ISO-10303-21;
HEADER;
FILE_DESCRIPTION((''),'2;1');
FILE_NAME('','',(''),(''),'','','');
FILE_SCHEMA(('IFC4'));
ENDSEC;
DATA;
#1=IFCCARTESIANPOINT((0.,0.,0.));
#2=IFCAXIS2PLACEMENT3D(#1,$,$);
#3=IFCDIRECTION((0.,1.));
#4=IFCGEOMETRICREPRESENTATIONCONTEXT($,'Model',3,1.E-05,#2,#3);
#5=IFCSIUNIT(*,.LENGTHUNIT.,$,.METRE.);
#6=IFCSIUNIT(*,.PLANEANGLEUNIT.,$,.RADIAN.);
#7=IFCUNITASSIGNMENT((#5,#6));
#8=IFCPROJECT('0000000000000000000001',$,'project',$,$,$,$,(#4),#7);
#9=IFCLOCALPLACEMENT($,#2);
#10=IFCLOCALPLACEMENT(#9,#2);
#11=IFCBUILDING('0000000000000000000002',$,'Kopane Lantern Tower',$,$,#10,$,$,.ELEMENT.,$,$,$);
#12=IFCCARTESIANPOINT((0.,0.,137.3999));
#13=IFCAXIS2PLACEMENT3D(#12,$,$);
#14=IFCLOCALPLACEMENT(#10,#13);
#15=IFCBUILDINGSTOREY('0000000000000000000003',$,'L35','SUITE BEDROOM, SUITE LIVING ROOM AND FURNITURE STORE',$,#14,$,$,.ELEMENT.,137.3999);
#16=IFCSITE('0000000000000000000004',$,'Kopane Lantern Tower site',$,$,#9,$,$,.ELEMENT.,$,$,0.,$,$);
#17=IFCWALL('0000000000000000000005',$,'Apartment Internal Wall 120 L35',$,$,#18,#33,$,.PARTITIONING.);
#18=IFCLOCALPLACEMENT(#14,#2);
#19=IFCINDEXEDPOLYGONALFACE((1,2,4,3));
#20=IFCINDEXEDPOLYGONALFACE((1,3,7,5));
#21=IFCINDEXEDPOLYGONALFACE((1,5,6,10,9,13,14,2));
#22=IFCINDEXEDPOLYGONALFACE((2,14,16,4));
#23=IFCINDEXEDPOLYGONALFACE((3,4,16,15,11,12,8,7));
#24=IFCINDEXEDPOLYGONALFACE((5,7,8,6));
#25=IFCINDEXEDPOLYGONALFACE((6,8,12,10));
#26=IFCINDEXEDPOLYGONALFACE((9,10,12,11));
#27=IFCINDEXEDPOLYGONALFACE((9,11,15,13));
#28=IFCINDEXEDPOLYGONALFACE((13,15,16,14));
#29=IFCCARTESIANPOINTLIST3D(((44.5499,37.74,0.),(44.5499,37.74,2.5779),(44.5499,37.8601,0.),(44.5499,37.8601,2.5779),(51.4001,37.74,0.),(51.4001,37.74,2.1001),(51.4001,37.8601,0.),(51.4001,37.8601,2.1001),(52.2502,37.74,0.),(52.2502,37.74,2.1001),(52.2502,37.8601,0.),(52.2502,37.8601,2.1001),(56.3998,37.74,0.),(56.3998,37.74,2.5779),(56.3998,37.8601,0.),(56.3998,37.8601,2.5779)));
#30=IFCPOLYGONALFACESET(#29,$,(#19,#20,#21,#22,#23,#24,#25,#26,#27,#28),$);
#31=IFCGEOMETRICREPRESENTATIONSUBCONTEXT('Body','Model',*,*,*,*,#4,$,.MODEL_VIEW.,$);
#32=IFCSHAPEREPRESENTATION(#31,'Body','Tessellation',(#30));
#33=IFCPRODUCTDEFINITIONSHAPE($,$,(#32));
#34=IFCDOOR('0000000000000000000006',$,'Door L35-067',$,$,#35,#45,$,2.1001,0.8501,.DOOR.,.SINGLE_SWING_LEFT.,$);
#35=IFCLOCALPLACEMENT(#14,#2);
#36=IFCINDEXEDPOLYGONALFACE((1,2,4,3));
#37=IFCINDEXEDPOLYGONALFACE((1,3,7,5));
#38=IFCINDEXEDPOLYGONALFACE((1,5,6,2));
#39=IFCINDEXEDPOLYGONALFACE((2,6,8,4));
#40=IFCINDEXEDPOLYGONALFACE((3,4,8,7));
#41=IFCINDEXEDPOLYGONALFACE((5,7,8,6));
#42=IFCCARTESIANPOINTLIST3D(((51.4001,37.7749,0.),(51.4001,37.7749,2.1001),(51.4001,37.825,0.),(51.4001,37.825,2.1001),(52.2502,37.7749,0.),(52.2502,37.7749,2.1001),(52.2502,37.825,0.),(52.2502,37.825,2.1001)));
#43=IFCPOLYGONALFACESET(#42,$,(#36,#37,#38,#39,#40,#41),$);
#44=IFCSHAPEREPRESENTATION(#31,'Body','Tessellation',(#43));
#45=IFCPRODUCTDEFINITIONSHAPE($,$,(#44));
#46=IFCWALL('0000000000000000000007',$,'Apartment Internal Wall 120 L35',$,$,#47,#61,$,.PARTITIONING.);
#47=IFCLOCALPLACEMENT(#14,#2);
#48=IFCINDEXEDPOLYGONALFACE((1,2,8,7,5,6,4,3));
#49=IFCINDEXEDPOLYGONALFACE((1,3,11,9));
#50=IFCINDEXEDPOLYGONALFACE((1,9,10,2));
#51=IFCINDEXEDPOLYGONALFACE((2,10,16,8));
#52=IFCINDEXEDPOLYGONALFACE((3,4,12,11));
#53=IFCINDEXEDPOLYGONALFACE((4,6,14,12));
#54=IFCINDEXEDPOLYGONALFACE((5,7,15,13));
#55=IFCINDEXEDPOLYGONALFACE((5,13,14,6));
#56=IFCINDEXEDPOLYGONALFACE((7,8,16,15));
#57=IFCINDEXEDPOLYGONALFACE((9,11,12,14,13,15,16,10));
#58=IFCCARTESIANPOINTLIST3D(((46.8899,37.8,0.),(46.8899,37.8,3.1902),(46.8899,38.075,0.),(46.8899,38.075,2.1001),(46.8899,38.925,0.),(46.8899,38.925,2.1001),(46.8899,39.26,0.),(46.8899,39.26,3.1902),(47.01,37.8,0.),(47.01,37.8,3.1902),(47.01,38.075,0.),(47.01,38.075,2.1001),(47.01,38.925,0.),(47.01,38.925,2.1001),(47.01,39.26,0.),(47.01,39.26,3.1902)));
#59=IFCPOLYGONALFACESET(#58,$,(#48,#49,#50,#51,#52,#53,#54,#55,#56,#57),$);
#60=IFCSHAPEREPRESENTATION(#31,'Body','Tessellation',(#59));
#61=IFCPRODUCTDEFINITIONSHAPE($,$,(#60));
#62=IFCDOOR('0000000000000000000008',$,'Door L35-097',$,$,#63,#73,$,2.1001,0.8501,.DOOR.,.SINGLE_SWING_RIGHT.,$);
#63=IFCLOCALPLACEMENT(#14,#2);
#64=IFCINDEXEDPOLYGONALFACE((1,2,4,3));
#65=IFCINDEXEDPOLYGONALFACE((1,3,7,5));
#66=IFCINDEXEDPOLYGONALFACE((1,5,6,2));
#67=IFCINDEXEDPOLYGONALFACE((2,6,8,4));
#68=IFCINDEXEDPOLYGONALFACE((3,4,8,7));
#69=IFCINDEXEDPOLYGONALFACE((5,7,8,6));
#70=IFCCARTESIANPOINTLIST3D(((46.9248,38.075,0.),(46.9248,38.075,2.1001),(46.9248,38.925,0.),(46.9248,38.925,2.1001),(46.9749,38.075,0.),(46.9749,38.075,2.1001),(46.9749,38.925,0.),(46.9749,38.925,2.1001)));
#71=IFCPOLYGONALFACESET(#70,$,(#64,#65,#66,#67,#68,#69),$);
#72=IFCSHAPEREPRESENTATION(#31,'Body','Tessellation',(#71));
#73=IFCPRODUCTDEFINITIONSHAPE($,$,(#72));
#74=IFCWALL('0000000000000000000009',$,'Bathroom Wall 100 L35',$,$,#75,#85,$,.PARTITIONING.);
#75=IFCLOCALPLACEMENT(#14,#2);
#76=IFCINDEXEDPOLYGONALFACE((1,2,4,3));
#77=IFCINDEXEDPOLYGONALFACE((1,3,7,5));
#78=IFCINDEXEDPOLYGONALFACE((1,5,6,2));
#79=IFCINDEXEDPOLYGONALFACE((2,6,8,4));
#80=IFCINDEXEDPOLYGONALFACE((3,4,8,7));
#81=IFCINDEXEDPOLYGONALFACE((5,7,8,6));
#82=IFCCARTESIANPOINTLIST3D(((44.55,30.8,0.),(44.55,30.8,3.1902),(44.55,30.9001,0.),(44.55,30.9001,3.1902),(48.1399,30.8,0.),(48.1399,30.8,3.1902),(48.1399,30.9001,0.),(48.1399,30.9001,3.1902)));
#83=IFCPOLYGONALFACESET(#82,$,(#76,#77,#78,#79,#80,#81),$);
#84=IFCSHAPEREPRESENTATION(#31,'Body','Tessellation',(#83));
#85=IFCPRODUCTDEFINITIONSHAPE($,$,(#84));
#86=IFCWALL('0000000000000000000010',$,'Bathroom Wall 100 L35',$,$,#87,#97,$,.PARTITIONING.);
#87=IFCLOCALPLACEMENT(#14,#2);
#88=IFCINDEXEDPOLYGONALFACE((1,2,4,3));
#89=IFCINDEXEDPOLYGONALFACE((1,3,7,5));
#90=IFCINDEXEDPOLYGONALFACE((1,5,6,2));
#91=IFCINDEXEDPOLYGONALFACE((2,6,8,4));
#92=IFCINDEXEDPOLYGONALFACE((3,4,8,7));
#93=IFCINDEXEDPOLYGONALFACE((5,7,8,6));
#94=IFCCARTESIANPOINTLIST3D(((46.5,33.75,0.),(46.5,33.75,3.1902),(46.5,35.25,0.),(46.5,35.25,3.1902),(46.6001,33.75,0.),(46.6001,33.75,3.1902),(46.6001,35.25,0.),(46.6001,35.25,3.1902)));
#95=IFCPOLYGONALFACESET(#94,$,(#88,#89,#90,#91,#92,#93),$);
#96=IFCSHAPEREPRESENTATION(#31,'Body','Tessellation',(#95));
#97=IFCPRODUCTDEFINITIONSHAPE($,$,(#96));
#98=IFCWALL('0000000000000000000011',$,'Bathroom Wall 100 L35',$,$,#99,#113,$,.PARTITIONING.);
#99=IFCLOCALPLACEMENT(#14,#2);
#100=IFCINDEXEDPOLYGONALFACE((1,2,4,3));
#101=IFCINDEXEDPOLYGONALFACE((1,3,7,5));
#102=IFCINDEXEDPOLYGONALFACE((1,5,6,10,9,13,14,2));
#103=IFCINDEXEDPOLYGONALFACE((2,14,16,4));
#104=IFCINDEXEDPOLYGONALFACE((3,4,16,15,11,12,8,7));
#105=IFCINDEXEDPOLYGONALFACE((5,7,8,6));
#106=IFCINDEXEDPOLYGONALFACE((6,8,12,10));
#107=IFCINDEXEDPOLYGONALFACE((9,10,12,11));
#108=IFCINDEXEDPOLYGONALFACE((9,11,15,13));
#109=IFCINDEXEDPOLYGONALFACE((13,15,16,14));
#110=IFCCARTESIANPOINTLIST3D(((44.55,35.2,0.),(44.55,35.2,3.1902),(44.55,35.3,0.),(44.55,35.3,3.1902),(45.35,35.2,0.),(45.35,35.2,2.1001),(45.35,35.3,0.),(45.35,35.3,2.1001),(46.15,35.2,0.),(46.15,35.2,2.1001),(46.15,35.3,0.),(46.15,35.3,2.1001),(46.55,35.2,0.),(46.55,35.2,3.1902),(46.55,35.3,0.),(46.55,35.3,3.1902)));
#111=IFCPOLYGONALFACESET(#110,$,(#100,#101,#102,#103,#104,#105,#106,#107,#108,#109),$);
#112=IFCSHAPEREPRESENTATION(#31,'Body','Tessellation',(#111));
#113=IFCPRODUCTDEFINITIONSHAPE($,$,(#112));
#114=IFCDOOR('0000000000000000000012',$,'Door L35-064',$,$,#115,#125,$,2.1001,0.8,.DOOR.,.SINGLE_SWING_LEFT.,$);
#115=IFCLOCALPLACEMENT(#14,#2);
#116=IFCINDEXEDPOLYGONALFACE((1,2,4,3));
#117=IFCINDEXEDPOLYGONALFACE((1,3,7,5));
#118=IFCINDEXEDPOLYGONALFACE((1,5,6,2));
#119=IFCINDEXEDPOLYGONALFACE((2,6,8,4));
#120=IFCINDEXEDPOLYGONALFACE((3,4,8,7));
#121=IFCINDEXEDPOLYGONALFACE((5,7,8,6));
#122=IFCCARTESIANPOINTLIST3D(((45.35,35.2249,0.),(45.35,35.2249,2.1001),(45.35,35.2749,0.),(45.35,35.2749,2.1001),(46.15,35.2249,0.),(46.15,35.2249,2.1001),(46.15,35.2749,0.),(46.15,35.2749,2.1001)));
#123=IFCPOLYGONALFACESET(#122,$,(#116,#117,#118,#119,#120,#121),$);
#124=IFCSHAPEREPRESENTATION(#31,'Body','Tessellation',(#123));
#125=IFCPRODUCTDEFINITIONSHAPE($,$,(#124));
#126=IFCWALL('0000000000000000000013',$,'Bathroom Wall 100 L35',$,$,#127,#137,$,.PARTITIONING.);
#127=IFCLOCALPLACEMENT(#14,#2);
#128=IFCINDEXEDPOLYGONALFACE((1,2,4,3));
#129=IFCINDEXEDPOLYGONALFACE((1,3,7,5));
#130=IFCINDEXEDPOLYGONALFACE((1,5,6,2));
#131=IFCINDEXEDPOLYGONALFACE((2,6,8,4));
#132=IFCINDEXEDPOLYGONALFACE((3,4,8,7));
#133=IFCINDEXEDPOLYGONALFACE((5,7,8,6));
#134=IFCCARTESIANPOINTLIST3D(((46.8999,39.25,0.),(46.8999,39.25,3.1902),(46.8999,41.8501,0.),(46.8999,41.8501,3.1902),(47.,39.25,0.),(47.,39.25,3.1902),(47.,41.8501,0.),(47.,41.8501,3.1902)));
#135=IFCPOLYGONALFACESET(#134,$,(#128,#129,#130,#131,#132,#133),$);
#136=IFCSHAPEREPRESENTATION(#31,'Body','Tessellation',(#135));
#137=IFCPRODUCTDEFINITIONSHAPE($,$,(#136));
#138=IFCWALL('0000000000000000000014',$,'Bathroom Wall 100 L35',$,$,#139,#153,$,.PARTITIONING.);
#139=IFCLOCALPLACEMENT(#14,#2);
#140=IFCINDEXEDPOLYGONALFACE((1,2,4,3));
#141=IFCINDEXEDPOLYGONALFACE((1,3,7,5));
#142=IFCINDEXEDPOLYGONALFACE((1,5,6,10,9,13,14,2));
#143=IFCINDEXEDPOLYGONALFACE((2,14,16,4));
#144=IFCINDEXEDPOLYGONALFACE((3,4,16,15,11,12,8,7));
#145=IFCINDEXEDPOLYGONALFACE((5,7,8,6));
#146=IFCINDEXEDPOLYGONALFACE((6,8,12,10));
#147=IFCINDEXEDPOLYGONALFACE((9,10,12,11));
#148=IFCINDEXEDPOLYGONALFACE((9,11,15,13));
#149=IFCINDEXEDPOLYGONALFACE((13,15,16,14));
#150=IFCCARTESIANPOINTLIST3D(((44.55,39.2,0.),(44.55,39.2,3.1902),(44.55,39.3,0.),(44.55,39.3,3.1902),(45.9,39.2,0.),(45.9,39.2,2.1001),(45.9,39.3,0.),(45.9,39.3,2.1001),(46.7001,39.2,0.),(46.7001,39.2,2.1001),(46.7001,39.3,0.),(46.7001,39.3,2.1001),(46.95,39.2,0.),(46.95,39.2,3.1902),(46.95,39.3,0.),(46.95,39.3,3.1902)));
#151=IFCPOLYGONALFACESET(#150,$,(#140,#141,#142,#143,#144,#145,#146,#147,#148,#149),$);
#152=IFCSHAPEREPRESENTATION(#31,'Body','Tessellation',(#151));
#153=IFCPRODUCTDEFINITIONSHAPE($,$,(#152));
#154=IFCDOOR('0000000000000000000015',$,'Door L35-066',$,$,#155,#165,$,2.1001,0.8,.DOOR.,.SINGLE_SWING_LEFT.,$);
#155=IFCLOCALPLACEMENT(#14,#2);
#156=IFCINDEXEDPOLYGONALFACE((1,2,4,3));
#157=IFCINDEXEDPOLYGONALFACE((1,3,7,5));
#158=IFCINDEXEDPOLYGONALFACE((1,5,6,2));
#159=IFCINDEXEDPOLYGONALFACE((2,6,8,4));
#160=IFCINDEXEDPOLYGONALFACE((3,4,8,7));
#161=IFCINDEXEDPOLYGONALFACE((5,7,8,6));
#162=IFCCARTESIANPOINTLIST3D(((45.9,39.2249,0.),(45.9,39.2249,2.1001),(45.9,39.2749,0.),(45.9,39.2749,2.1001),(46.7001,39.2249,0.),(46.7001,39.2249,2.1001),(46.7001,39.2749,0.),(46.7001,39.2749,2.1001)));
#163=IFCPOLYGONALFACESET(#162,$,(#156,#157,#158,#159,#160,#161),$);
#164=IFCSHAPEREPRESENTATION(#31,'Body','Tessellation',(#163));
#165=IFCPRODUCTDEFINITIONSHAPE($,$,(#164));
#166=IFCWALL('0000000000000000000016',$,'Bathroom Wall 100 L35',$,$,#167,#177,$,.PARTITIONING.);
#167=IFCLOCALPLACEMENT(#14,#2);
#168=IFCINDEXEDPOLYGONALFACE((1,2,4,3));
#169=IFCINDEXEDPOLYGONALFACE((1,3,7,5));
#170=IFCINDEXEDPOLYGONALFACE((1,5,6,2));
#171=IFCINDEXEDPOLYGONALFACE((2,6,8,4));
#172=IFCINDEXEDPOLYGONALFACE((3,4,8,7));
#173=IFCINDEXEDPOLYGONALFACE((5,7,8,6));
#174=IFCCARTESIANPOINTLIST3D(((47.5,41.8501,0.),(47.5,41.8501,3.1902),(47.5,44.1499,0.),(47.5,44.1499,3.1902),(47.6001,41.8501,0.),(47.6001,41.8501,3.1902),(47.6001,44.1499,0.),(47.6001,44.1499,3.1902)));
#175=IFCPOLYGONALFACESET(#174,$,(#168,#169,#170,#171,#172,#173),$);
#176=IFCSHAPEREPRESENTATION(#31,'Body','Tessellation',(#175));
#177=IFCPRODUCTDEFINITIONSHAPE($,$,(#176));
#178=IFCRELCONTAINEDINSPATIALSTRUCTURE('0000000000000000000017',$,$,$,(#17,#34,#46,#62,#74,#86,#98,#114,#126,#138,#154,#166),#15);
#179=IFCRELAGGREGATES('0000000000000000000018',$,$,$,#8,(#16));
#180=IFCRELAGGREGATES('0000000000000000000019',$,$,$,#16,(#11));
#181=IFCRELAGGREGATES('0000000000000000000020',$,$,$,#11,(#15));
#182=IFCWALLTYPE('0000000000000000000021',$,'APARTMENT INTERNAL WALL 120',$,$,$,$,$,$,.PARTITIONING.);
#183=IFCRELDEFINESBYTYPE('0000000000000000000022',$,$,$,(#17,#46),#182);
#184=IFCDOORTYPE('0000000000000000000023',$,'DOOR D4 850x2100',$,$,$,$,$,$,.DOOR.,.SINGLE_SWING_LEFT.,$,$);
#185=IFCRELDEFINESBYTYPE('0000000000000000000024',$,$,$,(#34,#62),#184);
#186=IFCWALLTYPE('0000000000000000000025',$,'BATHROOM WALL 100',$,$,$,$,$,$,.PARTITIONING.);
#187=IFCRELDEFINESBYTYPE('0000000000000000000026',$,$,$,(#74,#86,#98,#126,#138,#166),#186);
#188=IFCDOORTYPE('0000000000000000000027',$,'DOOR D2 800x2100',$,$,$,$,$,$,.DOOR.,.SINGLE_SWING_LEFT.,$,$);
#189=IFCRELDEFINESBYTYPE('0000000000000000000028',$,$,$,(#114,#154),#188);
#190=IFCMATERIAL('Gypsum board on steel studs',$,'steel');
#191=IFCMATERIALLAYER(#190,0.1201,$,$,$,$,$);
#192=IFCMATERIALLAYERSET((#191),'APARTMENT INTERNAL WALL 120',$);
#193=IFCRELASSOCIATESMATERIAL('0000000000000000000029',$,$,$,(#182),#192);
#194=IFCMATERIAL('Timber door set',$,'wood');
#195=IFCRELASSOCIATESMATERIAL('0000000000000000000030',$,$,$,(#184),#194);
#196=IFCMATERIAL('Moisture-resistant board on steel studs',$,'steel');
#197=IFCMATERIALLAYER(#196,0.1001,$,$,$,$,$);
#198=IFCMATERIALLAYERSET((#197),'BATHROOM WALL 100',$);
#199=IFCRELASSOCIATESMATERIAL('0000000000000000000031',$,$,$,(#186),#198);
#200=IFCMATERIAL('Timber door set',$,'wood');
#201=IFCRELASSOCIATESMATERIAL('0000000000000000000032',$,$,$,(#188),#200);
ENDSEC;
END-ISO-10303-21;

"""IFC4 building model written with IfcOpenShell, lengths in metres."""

from ifc_helpers import new_model, si_unit, direction, frame, frame_2d, origin, place, context, subcontext, project, spatial, rectangle, extrude, material, layer, layer_set, type_object, element, fill, save


model = new_model("IFC4")

# Units and contexts
model_context = context("Model", 3, precision=1e-05, world=origin(), true_north=direction((0.0, 1.0)))
body_context = subcontext(model_context, "Body", "Model", "MODEL_VIEW")
ifc_project = project(units=[si_unit("LENGTHUNIT", "METRE"), si_unit("PLANEANGLEUNIT", "RADIAN")], contexts=[model_context])

# Site, building, storey
site_placement = place(None, origin())
site = spatial("IfcSite", under=ifc_project, at=site_placement, Name="Kopane Lantern Tower site", CompositionType="ELEMENT", RefElevation=0.0)
building_placement = place(site_placement, origin())
building = spatial("IfcBuilding", under=site, at=building_placement, Name="Kopane Lantern Tower", CompositionType="ELEMENT")
storey_placement = place(building_placement, frame((0.0, 0.0, 137.3999)))
storey = spatial("IfcBuildingStorey", under=building, at=storey_placement, Name="L35", Description="SUITE BEDROOM, SUITE LIVING ROOM AND FURNITURE STORE", CompositionType="ELEMENT", Elevation=137.3999)

# Walls, openings, doors
ifc_material_1 = material(Name="Gypsum board on steel studs", Category="steel")
ifc_layer_1 = layer(ifc_material_1, 0.1201)
ifc_layer_set_1 = layer_set([ifc_layer_1], Name="APARTMENT INTERNAL WALL 120")
wall_type_1 = type_object("IfcWallType", Name="APARTMENT INTERNAL WALL 120", PredefinedType="PARTITIONING", material=ifc_layer_set_1)
wall_1_placement = place(storey_placement, frame((44.55, 37.8, 0.0), z_axis=(0.0, 0.0, 1.0), x_axis=(1.0, 0.0, 0.0)))
wall_1 = element("IfcWall", 1, at=wall_1_placement, inside=storey, type_object=wall_type_1, Name="Apartment Internal Wall 120 L35", PredefinedType="PARTITIONING", context=body_context, shape_type="SweptSolid", body=[
    extrude(rectangle(XDim=11.8499, YDim=0.1201, at=frame_2d((5.9248, 0.0))), origin(), (0.0, 0.0, 1.0), 2.5779),
])
opening_1_placement = place(wall_1_placement, frame((6.8501, 0.0, 0.0)))
opening_1 = element("IfcOpeningElement", 2, at=opening_1_placement, cuts=wall_1, PredefinedType="OPENING", context=body_context, shape_type="SweptSolid", body=[
    extrude(rectangle(XDim=0.8501, YDim=2.1001, at=frame_2d((0.425, 1.05))), frame((0.0, 0.0701, 0.0), z_axis=(0.0, -1.0, 0.0), x_axis=(1.0, 0.0, 0.0)), (0.0, 0.0, 1.0), 0.1401),
])
ifc_material_2 = material(Name="Timber door set", Category="wood")
door_type_1 = type_object("IfcDoorType", Name="DOOR D4 850x2100", OperationType="SINGLE_SWING_LEFT", PredefinedType="DOOR", material=ifc_material_2)
door_1_placement = place(opening_1_placement, origin())
door_1 = element("IfcDoor", 3, at=door_1_placement, inside=storey, type_object=door_type_1, Name="Door L35-067", OperationType="SINGLE_SWING_LEFT", OverallHeight=2.1001, OverallWidth=0.8501, PredefinedType="DOOR", context=body_context, shape_type="SweptSolid", body=[
    extrude(rectangle(XDim=0.8501, YDim=2.1001, at=frame_2d((0.425, 1.05))), frame((0.0, 0.0249, 0.0), z_axis=(0.0, -1.0, 0.0), x_axis=(1.0, 0.0, 0.0)), (0.0, 0.0, 1.0), 0.05),
])
fill(opening_1, door_1)
wall_2_placement = place(storey_placement, frame((46.95, 39.26, 0.0), z_axis=(0.0, 0.0, 1.0), x_axis=(0.0, -1.0, 0.0)))
wall_2 = element("IfcWall", 4, at=wall_2_placement, inside=storey, type_object=wall_type_1, Name="Apartment Internal Wall 120 L35", PredefinedType="PARTITIONING", context=body_context, shape_type="SweptSolid", body=[
    extrude(rectangle(XDim=1.46, YDim=0.1201, at=frame_2d((0.73, 0.0))), origin(), (0.0, 0.0, 1.0), 3.1902),
])
opening_2_placement = place(wall_2_placement, frame((0.335, 0.0, 0.0)))
opening_2 = element("IfcOpeningElement", 5, at=opening_2_placement, cuts=wall_2, PredefinedType="OPENING", context=body_context, shape_type="SweptSolid", body=[
    extrude(rectangle(XDim=0.8501, YDim=2.1001, at=frame_2d((0.425, 1.05))), frame((0.0, 0.0701, 0.0), z_axis=(0.0, -1.0, 0.0), x_axis=(1.0, 0.0, 0.0)), (0.0, 0.0, 1.0), 0.1401),
])
door_2_placement = place(opening_2_placement, origin())
door_2 = element("IfcDoor", 6, at=door_2_placement, inside=storey, type_object=door_type_1, Name="Door L35-097", OperationType="SINGLE_SWING_RIGHT", OverallHeight=2.1001, OverallWidth=0.8501, PredefinedType="DOOR", context=body_context, shape_type="SweptSolid", body=[
    extrude(rectangle(XDim=0.8501, YDim=2.1001, at=frame_2d((0.425, 1.05))), frame((0.0, 0.0249, 0.0), z_axis=(0.0, -1.0, 0.0), x_axis=(1.0, 0.0, 0.0)), (0.0, 0.0, 1.0), 0.05),
])
fill(opening_2, door_2)

# Walls
ifc_material_3 = material(Name="Moisture-resistant board on steel studs", Category="steel")
ifc_layer_2 = layer(ifc_material_3, 0.1001)
ifc_layer_set_2 = layer_set([ifc_layer_2], Name="BATHROOM WALL 100")
wall_type_2 = type_object("IfcWallType", Name="BATHROOM WALL 100", PredefinedType="PARTITIONING", material=ifc_layer_set_2)
wall_3_placement = place(storey_placement, frame((44.55, 30.8501, 0.0), z_axis=(0.0, 0.0, 1.0), x_axis=(1.0, 0.0, 0.0)))
element("IfcWall", 7, at=wall_3_placement, inside=storey, type_object=wall_type_2, Name="Bathroom Wall 100 L35", PredefinedType="PARTITIONING", context=body_context, shape_type="SweptSolid", body=[
    extrude(rectangle(XDim=3.5898, YDim=0.1001, at=frame_2d((1.7949, 0.0))), origin(), (0.0, 0.0, 1.0), 3.1902),
])
wall_4_placement = place(storey_placement, frame((46.55, 33.75, 0.0), z_axis=(0.0, 0.0, 1.0), x_axis=(0.0, 1.0, 0.0)))
element("IfcWall", 8, at=wall_4_placement, inside=storey, type_object=wall_type_2, Name="Bathroom Wall 100 L35", PredefinedType="PARTITIONING", context=body_context, shape_type="SweptSolid", body=[
    extrude(rectangle(XDim=1.5, YDim=0.1001, at=frame_2d((0.75, 0.0))), origin(), (0.0, 0.0, 1.0), 3.1902),
])

# Wall, opening, door
wall_5_placement = place(storey_placement, frame((44.55, 35.25, 0.0), z_axis=(0.0, 0.0, 1.0), x_axis=(1.0, 0.0, 0.0)))
wall_5 = element("IfcWall", 9, at=wall_5_placement, inside=storey, type_object=wall_type_2, Name="Bathroom Wall 100 L35", PredefinedType="PARTITIONING", context=body_context, shape_type="SweptSolid", body=[
    extrude(rectangle(XDim=2.0, YDim=0.1001, at=frame_2d((1.0, 0.0))), origin(), (0.0, 0.0, 1.0), 3.1902),
])
opening_3_placement = place(wall_5_placement, frame((0.8, 0.0, 0.0)))
opening_3 = element("IfcOpeningElement", 10, at=opening_3_placement, cuts=wall_5, PredefinedType="OPENING", context=body_context, shape_type="SweptSolid", body=[
    extrude(rectangle(XDim=0.8, YDim=2.1001, at=frame_2d((0.3999, 1.05))), frame((0.0, 0.0601, 0.0), z_axis=(0.0, -1.0, 0.0), x_axis=(1.0, 0.0, 0.0)), (0.0, 0.0, 1.0), 0.1201),
])
ifc_material_4 = material(Name="Timber door set", Category="wood")
door_type_2 = type_object("IfcDoorType", Name="DOOR D2 800x2100", OperationType="SINGLE_SWING_LEFT", PredefinedType="DOOR", material=ifc_material_4)
door_3_placement = place(opening_3_placement, origin())
door_3 = element("IfcDoor", 11, at=door_3_placement, inside=storey, type_object=door_type_2, Name="Door L35-064", OperationType="SINGLE_SWING_LEFT", OverallHeight=2.1001, OverallWidth=0.8, PredefinedType="DOOR", context=body_context, shape_type="SweptSolid", body=[
    extrude(rectangle(XDim=0.8, YDim=2.1001, at=frame_2d((0.3999, 1.05))), frame((0.0, 0.0249, 0.0), z_axis=(0.0, -1.0, 0.0), x_axis=(1.0, 0.0, 0.0)), (0.0, 0.0, 1.0), 0.05),
])
fill(opening_3, door_3)

# Wall
wall_6_placement = place(storey_placement, frame((46.95, 39.25, 0.0), z_axis=(0.0, 0.0, 1.0), x_axis=(0.0, 1.0, 0.0)))
element("IfcWall", 12, at=wall_6_placement, inside=storey, type_object=wall_type_2, Name="Bathroom Wall 100 L35", PredefinedType="PARTITIONING", context=body_context, shape_type="SweptSolid", body=[
    extrude(rectangle(XDim=2.6001, YDim=0.1001, at=frame_2d((1.3, 0.0))), origin(), (0.0, 0.0, 1.0), 3.1902),
])

# Wall, opening, door
wall_7_placement = place(storey_placement, frame((44.55, 39.25, 0.0), z_axis=(0.0, 0.0, 1.0), x_axis=(1.0, 0.0, 0.0)))
wall_7 = element("IfcWall", 13, at=wall_7_placement, inside=storey, type_object=wall_type_2, Name="Bathroom Wall 100 L35", PredefinedType="PARTITIONING", context=body_context, shape_type="SweptSolid", body=[
    extrude(rectangle(XDim=2.3999, YDim=0.1001, at=frame_2d((1.2, 0.0))), origin(), (0.0, 0.0, 1.0), 3.1902),
])
opening_4_placement = place(wall_7_placement, frame((1.3501, 0.0, 0.0)))
opening_4 = element("IfcOpeningElement", 14, at=opening_4_placement, cuts=wall_7, PredefinedType="OPENING", context=body_context, shape_type="SweptSolid", body=[
    extrude(rectangle(XDim=0.8, YDim=2.1001, at=frame_2d((0.3999, 1.05))), frame((0.0, 0.0601, 0.0), z_axis=(0.0, -1.0, 0.0), x_axis=(1.0, 0.0, 0.0)), (0.0, 0.0, 1.0), 0.1201),
])
door_4_placement = place(opening_4_placement, origin())
door_4 = element("IfcDoor", 15, at=door_4_placement, inside=storey, type_object=door_type_2, Name="Door L35-066", OperationType="SINGLE_SWING_LEFT", OverallHeight=2.1001, OverallWidth=0.8, PredefinedType="DOOR", context=body_context, shape_type="SweptSolid", body=[
    extrude(rectangle(XDim=0.8, YDim=2.1001, at=frame_2d((0.3999, 1.05))), frame((0.0, 0.0249, 0.0), z_axis=(0.0, -1.0, 0.0), x_axis=(1.0, 0.0, 0.0)), (0.0, 0.0, 1.0), 0.05),
])
fill(opening_4, door_4)

# Wall
wall_8_placement = place(storey_placement, frame((47.55, 41.8501, 0.0), z_axis=(0.0, 0.0, 1.0), x_axis=(0.0, 1.0, 0.0)))
element("IfcWall", 16, at=wall_8_placement, inside=storey, type_object=wall_type_2, Name="Bathroom Wall 100 L35", PredefinedType="PARTITIONING", context=body_context, shape_type="SweptSolid", body=[
    extrude(rectangle(XDim=2.2998, YDim=0.1001, at=frame_2d((1.1499, 0.0))), origin(), (0.0, 0.0, 1.0), 3.1902),
])

save(model, "model.ifc")
